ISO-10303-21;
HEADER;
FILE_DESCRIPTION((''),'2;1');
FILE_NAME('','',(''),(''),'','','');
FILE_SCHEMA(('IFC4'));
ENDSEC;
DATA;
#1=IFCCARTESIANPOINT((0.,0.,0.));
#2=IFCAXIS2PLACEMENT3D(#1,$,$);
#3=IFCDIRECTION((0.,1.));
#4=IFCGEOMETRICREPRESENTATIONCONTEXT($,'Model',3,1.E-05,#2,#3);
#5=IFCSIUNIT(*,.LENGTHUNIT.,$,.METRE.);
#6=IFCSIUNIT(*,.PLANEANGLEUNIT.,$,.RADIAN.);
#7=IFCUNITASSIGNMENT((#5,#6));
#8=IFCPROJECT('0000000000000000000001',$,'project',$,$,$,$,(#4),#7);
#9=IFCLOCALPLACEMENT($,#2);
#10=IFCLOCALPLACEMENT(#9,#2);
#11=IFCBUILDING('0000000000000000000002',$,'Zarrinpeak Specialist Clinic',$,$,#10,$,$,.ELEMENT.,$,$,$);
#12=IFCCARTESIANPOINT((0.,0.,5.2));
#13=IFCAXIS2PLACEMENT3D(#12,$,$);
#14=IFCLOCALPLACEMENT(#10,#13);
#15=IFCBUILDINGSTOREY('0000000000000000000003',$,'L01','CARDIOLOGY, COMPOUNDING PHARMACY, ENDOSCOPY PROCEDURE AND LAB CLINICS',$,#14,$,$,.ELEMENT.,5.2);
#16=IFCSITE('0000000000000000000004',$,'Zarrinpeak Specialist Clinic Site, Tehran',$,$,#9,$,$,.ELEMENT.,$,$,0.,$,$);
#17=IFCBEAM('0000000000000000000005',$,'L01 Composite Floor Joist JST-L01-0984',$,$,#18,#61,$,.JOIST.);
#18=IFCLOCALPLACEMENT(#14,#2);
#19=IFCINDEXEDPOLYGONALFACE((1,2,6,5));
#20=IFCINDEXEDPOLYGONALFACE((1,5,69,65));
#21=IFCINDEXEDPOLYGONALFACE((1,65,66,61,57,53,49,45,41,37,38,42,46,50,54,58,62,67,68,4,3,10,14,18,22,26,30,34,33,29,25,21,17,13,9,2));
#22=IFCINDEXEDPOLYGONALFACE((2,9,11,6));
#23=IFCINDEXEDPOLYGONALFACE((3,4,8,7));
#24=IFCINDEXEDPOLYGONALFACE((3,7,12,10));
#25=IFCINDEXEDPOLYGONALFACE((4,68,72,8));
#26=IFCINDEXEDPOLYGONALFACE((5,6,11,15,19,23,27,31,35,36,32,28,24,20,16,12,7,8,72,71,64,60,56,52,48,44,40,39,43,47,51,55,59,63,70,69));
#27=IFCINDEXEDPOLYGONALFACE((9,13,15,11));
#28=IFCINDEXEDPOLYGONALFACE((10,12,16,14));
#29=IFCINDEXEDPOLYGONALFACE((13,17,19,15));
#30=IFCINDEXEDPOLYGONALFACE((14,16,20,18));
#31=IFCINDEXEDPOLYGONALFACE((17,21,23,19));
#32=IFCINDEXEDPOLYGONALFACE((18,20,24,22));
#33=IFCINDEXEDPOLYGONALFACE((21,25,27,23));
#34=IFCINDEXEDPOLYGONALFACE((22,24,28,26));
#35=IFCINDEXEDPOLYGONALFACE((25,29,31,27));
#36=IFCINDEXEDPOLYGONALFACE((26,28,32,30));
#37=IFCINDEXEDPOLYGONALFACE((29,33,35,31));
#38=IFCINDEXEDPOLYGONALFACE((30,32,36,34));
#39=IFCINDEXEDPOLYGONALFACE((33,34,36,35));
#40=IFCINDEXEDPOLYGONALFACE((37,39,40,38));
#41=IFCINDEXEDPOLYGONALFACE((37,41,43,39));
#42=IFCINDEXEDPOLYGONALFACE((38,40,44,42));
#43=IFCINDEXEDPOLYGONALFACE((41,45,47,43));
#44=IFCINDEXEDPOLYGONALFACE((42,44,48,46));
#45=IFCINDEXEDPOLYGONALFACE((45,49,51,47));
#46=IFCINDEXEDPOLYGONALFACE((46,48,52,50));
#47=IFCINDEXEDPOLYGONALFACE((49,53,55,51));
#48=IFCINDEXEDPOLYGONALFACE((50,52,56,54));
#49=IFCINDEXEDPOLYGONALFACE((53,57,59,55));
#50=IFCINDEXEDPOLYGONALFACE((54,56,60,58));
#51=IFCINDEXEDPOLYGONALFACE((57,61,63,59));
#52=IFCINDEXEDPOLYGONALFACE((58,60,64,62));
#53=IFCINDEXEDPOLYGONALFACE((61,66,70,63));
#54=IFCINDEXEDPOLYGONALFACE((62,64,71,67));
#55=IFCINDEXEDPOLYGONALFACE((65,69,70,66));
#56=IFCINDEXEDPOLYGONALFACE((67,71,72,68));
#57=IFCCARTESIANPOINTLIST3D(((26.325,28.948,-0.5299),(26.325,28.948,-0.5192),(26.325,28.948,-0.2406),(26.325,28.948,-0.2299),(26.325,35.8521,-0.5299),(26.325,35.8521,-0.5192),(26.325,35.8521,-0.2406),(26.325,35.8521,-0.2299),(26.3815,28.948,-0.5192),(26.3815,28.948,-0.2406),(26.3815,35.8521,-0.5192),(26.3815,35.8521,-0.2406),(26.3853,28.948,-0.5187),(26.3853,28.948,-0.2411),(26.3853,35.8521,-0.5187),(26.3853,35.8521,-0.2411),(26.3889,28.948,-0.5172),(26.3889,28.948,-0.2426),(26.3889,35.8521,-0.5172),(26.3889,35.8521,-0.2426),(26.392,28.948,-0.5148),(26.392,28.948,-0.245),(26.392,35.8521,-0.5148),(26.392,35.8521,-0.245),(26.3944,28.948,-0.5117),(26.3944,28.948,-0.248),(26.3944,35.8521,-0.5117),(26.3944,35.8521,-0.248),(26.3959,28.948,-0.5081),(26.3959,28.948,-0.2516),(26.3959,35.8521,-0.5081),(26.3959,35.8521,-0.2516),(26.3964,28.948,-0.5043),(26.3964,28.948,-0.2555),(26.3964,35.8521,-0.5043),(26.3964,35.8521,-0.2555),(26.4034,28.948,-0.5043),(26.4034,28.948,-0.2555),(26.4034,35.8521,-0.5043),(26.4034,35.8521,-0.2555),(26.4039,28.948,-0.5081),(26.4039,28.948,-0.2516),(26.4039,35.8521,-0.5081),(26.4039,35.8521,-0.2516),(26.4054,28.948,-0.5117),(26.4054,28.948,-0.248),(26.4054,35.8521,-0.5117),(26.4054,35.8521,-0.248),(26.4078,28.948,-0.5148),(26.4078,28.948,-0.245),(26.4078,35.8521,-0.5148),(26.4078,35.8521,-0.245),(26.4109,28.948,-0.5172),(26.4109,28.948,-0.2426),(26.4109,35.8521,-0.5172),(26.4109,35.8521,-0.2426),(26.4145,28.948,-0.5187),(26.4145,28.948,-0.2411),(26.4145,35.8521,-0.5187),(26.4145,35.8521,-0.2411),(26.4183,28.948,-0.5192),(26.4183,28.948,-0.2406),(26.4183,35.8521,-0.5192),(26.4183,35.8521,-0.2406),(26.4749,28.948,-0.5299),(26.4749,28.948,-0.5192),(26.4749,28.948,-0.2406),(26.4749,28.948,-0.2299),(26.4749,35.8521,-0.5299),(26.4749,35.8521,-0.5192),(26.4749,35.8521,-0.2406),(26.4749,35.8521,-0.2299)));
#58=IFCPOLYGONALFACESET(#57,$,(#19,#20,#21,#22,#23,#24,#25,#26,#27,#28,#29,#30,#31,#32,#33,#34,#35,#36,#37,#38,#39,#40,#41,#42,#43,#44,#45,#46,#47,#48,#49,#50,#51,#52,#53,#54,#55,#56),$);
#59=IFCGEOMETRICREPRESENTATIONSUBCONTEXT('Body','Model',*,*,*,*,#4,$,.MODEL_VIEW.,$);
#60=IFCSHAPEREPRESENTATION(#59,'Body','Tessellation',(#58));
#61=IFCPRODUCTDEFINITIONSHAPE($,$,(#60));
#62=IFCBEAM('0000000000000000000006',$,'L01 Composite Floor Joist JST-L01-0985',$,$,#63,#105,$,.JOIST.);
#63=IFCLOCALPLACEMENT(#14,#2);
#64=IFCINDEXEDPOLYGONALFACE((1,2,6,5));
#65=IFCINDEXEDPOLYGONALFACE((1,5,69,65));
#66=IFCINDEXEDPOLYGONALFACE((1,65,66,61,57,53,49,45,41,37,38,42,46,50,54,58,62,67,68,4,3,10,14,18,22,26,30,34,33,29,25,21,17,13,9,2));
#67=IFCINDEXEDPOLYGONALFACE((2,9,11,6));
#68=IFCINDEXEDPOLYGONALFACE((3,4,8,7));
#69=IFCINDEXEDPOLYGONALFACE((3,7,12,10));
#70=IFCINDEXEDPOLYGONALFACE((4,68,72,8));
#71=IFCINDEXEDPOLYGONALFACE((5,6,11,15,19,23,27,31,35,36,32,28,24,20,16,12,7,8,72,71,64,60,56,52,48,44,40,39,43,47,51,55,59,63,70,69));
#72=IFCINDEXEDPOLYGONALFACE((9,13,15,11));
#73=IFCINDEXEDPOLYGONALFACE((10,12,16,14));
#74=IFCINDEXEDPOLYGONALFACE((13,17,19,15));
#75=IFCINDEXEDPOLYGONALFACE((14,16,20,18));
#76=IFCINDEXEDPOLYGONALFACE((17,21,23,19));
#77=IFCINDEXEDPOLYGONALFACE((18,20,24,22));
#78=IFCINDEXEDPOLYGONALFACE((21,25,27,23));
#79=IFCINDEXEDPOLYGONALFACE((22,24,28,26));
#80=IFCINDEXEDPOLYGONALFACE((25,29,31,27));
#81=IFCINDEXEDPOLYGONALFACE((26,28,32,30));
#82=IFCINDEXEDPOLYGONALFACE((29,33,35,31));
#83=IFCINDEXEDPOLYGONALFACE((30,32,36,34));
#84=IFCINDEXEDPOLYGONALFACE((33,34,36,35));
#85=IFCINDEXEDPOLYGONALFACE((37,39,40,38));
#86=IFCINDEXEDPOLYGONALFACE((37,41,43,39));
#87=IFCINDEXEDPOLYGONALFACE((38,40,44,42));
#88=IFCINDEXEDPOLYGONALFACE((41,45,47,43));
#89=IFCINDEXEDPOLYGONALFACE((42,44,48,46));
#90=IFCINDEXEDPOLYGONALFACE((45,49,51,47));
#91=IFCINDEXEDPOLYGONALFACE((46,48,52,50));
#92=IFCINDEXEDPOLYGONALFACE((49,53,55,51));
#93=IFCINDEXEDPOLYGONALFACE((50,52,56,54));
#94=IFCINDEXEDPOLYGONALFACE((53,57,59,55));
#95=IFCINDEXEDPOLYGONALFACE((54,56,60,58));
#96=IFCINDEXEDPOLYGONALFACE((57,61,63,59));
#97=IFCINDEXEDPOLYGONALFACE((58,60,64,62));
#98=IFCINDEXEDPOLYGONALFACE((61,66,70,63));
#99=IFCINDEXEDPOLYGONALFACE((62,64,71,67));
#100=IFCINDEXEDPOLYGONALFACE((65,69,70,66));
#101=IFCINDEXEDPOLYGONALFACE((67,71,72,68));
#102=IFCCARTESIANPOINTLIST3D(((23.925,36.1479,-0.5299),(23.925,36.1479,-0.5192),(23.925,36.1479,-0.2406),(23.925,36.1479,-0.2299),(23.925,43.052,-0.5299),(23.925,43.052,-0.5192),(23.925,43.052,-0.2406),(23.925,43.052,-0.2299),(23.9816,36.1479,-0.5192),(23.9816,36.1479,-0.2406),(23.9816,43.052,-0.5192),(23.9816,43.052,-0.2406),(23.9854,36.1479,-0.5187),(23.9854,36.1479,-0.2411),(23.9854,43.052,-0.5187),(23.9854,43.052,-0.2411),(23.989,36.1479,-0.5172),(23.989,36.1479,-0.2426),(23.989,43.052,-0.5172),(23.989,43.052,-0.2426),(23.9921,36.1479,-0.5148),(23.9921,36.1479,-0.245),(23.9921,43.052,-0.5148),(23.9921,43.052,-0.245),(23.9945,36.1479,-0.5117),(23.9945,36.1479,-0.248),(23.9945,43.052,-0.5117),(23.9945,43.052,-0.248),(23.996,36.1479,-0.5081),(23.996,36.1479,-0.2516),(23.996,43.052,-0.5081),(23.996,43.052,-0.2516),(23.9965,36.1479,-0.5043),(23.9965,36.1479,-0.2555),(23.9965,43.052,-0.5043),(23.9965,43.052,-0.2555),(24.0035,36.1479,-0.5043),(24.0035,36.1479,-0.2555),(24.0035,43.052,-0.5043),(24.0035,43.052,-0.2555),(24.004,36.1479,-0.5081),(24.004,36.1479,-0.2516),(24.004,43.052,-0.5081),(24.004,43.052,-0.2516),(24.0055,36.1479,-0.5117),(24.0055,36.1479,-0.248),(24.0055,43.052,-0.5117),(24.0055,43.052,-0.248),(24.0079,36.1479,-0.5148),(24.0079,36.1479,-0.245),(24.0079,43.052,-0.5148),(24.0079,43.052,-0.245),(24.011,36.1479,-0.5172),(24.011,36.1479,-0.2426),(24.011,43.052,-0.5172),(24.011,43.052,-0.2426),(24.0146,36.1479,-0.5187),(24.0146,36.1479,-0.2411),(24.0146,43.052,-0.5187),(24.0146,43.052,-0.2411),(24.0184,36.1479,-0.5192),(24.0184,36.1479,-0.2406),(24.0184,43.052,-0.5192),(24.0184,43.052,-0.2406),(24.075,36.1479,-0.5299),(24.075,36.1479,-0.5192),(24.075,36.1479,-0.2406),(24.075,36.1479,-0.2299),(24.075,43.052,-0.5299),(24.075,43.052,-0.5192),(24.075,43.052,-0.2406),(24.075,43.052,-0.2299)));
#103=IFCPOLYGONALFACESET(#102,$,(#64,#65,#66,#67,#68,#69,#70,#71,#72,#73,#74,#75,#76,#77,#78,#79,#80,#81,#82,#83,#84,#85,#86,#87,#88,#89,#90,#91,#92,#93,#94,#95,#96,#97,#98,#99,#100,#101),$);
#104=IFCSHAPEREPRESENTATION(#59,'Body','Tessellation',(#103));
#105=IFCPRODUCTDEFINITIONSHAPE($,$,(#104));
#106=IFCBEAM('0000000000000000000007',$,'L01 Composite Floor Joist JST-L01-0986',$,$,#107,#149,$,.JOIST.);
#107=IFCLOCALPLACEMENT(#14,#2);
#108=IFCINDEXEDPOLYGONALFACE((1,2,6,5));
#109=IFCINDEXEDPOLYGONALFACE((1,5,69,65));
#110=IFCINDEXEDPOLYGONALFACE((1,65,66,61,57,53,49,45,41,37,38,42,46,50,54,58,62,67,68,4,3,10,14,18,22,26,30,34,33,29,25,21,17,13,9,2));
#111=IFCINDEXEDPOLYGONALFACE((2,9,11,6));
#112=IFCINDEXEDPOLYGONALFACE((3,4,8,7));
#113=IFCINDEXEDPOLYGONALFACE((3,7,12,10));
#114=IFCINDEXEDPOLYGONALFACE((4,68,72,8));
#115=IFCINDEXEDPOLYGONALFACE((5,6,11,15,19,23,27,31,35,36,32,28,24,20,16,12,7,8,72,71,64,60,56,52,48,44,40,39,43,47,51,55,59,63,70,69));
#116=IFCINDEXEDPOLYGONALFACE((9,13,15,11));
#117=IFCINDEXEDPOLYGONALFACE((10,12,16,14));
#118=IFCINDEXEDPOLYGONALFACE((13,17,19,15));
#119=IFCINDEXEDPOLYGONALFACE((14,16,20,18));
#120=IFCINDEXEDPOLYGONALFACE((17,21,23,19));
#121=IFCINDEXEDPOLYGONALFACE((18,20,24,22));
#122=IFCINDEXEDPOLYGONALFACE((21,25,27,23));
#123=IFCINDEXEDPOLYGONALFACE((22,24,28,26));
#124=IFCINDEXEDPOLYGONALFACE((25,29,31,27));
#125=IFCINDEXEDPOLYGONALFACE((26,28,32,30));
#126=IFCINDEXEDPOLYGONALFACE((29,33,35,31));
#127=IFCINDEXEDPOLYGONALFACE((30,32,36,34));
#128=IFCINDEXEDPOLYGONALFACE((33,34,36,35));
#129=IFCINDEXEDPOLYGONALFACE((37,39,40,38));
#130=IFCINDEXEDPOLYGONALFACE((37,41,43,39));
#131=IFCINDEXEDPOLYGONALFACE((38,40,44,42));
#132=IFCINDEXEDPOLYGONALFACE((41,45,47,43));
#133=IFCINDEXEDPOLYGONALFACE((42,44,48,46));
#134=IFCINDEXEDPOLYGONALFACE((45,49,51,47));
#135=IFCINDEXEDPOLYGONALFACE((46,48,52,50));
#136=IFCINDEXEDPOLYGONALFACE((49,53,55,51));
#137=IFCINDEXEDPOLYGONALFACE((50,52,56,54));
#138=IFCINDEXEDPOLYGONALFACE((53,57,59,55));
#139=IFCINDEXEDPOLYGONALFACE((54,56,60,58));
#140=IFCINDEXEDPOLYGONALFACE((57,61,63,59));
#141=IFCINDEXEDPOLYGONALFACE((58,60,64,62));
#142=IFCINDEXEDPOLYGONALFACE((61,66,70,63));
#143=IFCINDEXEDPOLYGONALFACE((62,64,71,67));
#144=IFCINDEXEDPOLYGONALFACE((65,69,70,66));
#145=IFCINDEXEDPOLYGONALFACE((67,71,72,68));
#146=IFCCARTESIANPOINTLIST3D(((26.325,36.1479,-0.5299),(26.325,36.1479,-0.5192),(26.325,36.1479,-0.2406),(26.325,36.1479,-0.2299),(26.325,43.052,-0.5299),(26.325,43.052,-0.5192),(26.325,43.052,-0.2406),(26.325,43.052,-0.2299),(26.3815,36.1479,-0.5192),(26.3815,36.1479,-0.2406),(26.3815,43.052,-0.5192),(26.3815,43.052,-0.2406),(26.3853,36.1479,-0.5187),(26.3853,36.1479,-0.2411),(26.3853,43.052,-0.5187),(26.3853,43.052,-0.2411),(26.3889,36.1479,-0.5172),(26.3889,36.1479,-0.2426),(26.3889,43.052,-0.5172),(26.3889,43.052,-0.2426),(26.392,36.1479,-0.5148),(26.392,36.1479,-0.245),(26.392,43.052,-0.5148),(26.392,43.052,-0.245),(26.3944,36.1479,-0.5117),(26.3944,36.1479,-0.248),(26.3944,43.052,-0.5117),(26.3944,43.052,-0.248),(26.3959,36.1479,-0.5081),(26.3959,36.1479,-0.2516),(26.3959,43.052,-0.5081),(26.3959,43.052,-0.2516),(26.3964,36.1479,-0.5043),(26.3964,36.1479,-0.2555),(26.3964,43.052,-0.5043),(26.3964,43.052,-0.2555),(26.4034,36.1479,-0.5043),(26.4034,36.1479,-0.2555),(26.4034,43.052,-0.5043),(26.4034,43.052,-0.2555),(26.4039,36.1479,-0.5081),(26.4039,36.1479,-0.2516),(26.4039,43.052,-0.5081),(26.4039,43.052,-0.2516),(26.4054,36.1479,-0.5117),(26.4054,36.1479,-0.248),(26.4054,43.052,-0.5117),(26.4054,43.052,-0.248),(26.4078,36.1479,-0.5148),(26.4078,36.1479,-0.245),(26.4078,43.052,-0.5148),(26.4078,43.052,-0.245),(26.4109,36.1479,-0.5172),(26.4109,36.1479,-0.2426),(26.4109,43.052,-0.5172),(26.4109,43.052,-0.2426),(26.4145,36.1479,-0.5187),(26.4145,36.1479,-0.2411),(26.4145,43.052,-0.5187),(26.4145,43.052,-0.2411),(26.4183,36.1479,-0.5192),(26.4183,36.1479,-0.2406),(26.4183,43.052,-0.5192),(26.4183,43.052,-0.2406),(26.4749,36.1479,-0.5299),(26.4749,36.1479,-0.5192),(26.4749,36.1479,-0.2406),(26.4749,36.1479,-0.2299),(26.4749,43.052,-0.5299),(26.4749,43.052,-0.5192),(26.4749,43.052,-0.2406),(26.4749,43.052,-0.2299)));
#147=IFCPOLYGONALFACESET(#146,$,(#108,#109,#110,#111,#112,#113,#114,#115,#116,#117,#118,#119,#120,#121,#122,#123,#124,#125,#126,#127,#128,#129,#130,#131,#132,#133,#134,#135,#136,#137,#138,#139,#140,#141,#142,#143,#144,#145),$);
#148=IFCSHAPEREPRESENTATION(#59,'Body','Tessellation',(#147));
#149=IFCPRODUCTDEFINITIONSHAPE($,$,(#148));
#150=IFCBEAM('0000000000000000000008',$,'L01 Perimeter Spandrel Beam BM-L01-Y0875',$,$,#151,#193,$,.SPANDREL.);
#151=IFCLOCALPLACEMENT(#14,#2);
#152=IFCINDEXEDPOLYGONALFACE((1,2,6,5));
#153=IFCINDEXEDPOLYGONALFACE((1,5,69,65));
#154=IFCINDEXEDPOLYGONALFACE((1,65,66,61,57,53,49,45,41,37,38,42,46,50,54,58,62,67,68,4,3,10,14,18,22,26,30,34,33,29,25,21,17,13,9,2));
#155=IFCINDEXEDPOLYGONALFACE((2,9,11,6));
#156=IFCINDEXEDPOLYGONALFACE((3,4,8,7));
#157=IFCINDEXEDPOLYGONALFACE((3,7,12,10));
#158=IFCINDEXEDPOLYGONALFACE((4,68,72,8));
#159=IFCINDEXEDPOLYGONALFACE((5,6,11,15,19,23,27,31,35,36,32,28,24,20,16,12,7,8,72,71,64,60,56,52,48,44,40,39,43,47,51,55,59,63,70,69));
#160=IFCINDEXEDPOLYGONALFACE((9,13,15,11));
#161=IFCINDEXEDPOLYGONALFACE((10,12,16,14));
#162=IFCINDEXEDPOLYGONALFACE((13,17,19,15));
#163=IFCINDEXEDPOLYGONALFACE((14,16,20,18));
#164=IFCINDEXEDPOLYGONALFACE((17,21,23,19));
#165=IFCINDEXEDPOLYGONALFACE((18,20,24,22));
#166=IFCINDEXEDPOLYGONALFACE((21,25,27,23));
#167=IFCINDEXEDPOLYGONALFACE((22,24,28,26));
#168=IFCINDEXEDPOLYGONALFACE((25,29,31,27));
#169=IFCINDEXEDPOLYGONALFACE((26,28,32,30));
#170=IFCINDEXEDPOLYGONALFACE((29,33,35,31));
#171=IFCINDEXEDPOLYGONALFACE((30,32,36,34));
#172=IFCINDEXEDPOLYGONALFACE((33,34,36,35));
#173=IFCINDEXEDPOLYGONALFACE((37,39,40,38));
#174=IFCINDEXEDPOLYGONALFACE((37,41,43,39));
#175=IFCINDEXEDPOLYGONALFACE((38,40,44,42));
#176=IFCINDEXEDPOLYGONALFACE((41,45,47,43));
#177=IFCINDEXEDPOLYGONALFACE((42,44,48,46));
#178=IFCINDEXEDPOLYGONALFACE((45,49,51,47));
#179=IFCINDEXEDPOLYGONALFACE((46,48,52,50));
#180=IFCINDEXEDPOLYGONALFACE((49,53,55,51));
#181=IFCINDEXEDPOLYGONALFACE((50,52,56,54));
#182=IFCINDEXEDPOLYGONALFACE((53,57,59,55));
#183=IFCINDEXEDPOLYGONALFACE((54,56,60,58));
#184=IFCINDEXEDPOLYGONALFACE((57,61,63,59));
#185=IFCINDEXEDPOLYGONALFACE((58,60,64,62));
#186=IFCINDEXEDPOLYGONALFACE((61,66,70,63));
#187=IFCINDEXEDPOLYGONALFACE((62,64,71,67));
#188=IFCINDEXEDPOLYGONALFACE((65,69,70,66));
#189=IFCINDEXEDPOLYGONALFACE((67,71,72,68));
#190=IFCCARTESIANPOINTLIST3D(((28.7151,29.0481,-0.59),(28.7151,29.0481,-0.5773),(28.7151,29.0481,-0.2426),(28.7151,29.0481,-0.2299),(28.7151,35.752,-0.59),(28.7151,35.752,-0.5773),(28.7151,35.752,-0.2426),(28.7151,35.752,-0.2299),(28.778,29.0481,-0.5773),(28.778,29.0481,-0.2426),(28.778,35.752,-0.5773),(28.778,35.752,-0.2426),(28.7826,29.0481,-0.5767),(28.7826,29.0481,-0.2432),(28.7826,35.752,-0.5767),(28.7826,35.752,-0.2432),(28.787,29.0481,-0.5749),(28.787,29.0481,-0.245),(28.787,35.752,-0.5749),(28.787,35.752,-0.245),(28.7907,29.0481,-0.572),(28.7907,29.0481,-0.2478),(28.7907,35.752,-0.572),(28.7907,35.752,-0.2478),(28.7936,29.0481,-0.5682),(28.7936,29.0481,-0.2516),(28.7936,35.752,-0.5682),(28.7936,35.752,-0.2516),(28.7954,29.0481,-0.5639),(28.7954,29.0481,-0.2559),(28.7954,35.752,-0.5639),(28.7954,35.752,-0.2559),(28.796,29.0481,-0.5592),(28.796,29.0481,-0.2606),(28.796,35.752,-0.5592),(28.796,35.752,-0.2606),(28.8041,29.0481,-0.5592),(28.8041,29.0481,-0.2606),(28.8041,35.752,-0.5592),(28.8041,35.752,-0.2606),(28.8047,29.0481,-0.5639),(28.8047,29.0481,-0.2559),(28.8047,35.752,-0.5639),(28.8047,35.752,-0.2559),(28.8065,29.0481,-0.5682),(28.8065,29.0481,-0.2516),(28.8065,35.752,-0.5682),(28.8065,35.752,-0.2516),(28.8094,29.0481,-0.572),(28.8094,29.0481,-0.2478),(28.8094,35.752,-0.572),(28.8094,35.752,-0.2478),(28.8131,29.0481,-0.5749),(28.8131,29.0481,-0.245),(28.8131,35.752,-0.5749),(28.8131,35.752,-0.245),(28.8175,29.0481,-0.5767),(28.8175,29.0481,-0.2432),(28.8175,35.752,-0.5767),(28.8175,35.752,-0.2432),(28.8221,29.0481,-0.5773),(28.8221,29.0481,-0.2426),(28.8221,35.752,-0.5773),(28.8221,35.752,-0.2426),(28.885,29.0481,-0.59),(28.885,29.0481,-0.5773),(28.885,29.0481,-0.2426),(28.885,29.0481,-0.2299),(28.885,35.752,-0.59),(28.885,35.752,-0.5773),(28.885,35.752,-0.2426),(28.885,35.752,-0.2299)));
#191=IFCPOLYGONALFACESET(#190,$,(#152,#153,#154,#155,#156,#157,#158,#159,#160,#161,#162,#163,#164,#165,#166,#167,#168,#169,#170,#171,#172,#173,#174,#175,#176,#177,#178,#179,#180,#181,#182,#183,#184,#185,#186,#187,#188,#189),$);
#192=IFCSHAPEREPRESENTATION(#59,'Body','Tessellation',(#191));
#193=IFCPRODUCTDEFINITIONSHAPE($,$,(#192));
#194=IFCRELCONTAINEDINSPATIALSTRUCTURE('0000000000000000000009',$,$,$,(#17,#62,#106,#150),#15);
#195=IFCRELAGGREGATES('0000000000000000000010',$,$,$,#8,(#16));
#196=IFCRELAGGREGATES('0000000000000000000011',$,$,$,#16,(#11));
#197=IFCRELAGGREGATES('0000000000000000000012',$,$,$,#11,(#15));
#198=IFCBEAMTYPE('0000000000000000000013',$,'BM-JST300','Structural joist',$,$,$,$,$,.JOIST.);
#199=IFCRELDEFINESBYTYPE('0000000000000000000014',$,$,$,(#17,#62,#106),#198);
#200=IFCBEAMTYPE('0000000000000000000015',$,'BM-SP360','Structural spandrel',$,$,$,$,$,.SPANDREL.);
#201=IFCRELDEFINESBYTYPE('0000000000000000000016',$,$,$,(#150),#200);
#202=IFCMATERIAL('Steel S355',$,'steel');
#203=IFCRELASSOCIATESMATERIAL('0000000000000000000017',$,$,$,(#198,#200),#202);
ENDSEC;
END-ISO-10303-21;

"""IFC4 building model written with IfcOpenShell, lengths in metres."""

from ifc_helpers import new_model, si_unit, direction, frame, origin, origin_2d, place, context, subcontext, project, spatial, i_section, extrude, material, material_profile, profile_set, type_object, element, save


model = new_model("IFC4")

# Units and contexts
model_context = context("Model", 3, precision=1e-05, world=origin(), true_north=direction((0.0, 1.0)))
body_context = subcontext(model_context, "Body", "Model", "MODEL_VIEW")
ifc_project = project(units=[si_unit("LENGTHUNIT", "METRE"), si_unit("PLANEANGLEUNIT", "RADIAN")], contexts=[model_context])

# Site, building, storey
site_placement = place(None, origin())
site = spatial("IfcSite", under=ifc_project, at=site_placement, Name="Zarrinpeak Specialist Clinic Site, Tehran", CompositionType="ELEMENT", RefElevation=0.0)
building_placement = place(site_placement, origin())
building = spatial("IfcBuilding", under=site, at=building_placement, Name="Zarrinpeak Specialist Clinic", CompositionType="ELEMENT")
storey_placement = place(building_placement, frame((0.0, 0.0, 5.2)))
storey = spatial("IfcBuildingStorey", under=building, at=storey_placement, Name="L01", Description="CARDIOLOGY, COMPOUNDING PHARMACY, ENDOSCOPY PROCEDURE AND LAB CLINICS", CompositionType="ELEMENT", Elevation=5.2)

# Shared definitions
ifc_material_1 = material(Name="Steel S355", Category="steel")

# Beams
ifc_material_profile_1 = material_profile(ifc_material_1, i_section(OverallWidth=0.1499, OverallDepth=0.3, WebThickness=0.0071, FlangeThickness=0.0107, FilletRadius=0.0149, at=origin_2d()), Name="IPE 300")
ifc_profile_set_1 = profile_set([ifc_material_profile_1], Name="Steel S355")
beam_type_1 = type_object("IfcBeamType", Name="BM-JST300", Description="Structural joist", PredefinedType="JOIST", material=ifc_profile_set_1)
for number, where, z_axis, x_axis, name in (
    (1, (26.3999, 28.948, -0.3799), (0.0, 1.0, 0.0), (-1.0, 0.0, 0.0), "L01 Composite Floor Joist JST-L01-0984"),
    (2, (24.0, 36.1479, -0.3799), (0.0, 1.0, 0.0), (-1.0, 0.0, 0.0), "L01 Composite Floor Joist JST-L01-0985"),
    (3, (26.3999, 36.1479, -0.3799), (0.0, 1.0, 0.0), (-1.0, 0.0, 0.0), "L01 Composite Floor Joist JST-L01-0986"),
):
    element("IfcBeam", number, at=place(storey_placement, frame(where, z_axis=z_axis, x_axis=x_axis)), inside=storey, type_object=beam_type_1, Name=name, PredefinedType="JOIST", context=body_context, shape_type="SweptSolid", body=[
        extrude(i_section(OverallWidth=0.1499, OverallDepth=0.3, WebThickness=0.0071, FlangeThickness=0.0107, FilletRadius=0.0149, at=origin_2d()), origin(), (0.0, 0.0, 1.0), 6.9041),
    ])
ifc_material_profile_2 = material_profile(ifc_material_1, i_section(OverallWidth=0.1699, OverallDepth=0.3601, WebThickness=0.0081, FlangeThickness=0.0127, FilletRadius=0.0181, at=origin_2d()), Name="IPE 360")
ifc_profile_set_2 = profile_set([ifc_material_profile_2], Name="Steel S355")
beam_type_2 = type_object("IfcBeamType", Name="BM-SP360", Description="Structural spandrel", PredefinedType="SPANDREL", material=ifc_profile_set_2)
beam_placement = place(storey_placement, frame((28.8, 29.0481, -0.4099), z_axis=(0.0, 1.0, 0.0), x_axis=(-1.0, 0.0, 0.0)))
element("IfcBeam", 4, at=beam_placement, inside=storey, type_object=beam_type_2, Name="L01 Perimeter Spandrel Beam BM-L01-Y0875", PredefinedType="SPANDREL", context=body_context, shape_type="SweptSolid", body=[
    extrude(i_section(OverallWidth=0.1699, OverallDepth=0.3601, WebThickness=0.0081, FlangeThickness=0.0127, FilletRadius=0.0181, at=origin_2d()), origin(), (0.0, 0.0, 1.0), 6.7039),
])

save(model, "model.ifc")
